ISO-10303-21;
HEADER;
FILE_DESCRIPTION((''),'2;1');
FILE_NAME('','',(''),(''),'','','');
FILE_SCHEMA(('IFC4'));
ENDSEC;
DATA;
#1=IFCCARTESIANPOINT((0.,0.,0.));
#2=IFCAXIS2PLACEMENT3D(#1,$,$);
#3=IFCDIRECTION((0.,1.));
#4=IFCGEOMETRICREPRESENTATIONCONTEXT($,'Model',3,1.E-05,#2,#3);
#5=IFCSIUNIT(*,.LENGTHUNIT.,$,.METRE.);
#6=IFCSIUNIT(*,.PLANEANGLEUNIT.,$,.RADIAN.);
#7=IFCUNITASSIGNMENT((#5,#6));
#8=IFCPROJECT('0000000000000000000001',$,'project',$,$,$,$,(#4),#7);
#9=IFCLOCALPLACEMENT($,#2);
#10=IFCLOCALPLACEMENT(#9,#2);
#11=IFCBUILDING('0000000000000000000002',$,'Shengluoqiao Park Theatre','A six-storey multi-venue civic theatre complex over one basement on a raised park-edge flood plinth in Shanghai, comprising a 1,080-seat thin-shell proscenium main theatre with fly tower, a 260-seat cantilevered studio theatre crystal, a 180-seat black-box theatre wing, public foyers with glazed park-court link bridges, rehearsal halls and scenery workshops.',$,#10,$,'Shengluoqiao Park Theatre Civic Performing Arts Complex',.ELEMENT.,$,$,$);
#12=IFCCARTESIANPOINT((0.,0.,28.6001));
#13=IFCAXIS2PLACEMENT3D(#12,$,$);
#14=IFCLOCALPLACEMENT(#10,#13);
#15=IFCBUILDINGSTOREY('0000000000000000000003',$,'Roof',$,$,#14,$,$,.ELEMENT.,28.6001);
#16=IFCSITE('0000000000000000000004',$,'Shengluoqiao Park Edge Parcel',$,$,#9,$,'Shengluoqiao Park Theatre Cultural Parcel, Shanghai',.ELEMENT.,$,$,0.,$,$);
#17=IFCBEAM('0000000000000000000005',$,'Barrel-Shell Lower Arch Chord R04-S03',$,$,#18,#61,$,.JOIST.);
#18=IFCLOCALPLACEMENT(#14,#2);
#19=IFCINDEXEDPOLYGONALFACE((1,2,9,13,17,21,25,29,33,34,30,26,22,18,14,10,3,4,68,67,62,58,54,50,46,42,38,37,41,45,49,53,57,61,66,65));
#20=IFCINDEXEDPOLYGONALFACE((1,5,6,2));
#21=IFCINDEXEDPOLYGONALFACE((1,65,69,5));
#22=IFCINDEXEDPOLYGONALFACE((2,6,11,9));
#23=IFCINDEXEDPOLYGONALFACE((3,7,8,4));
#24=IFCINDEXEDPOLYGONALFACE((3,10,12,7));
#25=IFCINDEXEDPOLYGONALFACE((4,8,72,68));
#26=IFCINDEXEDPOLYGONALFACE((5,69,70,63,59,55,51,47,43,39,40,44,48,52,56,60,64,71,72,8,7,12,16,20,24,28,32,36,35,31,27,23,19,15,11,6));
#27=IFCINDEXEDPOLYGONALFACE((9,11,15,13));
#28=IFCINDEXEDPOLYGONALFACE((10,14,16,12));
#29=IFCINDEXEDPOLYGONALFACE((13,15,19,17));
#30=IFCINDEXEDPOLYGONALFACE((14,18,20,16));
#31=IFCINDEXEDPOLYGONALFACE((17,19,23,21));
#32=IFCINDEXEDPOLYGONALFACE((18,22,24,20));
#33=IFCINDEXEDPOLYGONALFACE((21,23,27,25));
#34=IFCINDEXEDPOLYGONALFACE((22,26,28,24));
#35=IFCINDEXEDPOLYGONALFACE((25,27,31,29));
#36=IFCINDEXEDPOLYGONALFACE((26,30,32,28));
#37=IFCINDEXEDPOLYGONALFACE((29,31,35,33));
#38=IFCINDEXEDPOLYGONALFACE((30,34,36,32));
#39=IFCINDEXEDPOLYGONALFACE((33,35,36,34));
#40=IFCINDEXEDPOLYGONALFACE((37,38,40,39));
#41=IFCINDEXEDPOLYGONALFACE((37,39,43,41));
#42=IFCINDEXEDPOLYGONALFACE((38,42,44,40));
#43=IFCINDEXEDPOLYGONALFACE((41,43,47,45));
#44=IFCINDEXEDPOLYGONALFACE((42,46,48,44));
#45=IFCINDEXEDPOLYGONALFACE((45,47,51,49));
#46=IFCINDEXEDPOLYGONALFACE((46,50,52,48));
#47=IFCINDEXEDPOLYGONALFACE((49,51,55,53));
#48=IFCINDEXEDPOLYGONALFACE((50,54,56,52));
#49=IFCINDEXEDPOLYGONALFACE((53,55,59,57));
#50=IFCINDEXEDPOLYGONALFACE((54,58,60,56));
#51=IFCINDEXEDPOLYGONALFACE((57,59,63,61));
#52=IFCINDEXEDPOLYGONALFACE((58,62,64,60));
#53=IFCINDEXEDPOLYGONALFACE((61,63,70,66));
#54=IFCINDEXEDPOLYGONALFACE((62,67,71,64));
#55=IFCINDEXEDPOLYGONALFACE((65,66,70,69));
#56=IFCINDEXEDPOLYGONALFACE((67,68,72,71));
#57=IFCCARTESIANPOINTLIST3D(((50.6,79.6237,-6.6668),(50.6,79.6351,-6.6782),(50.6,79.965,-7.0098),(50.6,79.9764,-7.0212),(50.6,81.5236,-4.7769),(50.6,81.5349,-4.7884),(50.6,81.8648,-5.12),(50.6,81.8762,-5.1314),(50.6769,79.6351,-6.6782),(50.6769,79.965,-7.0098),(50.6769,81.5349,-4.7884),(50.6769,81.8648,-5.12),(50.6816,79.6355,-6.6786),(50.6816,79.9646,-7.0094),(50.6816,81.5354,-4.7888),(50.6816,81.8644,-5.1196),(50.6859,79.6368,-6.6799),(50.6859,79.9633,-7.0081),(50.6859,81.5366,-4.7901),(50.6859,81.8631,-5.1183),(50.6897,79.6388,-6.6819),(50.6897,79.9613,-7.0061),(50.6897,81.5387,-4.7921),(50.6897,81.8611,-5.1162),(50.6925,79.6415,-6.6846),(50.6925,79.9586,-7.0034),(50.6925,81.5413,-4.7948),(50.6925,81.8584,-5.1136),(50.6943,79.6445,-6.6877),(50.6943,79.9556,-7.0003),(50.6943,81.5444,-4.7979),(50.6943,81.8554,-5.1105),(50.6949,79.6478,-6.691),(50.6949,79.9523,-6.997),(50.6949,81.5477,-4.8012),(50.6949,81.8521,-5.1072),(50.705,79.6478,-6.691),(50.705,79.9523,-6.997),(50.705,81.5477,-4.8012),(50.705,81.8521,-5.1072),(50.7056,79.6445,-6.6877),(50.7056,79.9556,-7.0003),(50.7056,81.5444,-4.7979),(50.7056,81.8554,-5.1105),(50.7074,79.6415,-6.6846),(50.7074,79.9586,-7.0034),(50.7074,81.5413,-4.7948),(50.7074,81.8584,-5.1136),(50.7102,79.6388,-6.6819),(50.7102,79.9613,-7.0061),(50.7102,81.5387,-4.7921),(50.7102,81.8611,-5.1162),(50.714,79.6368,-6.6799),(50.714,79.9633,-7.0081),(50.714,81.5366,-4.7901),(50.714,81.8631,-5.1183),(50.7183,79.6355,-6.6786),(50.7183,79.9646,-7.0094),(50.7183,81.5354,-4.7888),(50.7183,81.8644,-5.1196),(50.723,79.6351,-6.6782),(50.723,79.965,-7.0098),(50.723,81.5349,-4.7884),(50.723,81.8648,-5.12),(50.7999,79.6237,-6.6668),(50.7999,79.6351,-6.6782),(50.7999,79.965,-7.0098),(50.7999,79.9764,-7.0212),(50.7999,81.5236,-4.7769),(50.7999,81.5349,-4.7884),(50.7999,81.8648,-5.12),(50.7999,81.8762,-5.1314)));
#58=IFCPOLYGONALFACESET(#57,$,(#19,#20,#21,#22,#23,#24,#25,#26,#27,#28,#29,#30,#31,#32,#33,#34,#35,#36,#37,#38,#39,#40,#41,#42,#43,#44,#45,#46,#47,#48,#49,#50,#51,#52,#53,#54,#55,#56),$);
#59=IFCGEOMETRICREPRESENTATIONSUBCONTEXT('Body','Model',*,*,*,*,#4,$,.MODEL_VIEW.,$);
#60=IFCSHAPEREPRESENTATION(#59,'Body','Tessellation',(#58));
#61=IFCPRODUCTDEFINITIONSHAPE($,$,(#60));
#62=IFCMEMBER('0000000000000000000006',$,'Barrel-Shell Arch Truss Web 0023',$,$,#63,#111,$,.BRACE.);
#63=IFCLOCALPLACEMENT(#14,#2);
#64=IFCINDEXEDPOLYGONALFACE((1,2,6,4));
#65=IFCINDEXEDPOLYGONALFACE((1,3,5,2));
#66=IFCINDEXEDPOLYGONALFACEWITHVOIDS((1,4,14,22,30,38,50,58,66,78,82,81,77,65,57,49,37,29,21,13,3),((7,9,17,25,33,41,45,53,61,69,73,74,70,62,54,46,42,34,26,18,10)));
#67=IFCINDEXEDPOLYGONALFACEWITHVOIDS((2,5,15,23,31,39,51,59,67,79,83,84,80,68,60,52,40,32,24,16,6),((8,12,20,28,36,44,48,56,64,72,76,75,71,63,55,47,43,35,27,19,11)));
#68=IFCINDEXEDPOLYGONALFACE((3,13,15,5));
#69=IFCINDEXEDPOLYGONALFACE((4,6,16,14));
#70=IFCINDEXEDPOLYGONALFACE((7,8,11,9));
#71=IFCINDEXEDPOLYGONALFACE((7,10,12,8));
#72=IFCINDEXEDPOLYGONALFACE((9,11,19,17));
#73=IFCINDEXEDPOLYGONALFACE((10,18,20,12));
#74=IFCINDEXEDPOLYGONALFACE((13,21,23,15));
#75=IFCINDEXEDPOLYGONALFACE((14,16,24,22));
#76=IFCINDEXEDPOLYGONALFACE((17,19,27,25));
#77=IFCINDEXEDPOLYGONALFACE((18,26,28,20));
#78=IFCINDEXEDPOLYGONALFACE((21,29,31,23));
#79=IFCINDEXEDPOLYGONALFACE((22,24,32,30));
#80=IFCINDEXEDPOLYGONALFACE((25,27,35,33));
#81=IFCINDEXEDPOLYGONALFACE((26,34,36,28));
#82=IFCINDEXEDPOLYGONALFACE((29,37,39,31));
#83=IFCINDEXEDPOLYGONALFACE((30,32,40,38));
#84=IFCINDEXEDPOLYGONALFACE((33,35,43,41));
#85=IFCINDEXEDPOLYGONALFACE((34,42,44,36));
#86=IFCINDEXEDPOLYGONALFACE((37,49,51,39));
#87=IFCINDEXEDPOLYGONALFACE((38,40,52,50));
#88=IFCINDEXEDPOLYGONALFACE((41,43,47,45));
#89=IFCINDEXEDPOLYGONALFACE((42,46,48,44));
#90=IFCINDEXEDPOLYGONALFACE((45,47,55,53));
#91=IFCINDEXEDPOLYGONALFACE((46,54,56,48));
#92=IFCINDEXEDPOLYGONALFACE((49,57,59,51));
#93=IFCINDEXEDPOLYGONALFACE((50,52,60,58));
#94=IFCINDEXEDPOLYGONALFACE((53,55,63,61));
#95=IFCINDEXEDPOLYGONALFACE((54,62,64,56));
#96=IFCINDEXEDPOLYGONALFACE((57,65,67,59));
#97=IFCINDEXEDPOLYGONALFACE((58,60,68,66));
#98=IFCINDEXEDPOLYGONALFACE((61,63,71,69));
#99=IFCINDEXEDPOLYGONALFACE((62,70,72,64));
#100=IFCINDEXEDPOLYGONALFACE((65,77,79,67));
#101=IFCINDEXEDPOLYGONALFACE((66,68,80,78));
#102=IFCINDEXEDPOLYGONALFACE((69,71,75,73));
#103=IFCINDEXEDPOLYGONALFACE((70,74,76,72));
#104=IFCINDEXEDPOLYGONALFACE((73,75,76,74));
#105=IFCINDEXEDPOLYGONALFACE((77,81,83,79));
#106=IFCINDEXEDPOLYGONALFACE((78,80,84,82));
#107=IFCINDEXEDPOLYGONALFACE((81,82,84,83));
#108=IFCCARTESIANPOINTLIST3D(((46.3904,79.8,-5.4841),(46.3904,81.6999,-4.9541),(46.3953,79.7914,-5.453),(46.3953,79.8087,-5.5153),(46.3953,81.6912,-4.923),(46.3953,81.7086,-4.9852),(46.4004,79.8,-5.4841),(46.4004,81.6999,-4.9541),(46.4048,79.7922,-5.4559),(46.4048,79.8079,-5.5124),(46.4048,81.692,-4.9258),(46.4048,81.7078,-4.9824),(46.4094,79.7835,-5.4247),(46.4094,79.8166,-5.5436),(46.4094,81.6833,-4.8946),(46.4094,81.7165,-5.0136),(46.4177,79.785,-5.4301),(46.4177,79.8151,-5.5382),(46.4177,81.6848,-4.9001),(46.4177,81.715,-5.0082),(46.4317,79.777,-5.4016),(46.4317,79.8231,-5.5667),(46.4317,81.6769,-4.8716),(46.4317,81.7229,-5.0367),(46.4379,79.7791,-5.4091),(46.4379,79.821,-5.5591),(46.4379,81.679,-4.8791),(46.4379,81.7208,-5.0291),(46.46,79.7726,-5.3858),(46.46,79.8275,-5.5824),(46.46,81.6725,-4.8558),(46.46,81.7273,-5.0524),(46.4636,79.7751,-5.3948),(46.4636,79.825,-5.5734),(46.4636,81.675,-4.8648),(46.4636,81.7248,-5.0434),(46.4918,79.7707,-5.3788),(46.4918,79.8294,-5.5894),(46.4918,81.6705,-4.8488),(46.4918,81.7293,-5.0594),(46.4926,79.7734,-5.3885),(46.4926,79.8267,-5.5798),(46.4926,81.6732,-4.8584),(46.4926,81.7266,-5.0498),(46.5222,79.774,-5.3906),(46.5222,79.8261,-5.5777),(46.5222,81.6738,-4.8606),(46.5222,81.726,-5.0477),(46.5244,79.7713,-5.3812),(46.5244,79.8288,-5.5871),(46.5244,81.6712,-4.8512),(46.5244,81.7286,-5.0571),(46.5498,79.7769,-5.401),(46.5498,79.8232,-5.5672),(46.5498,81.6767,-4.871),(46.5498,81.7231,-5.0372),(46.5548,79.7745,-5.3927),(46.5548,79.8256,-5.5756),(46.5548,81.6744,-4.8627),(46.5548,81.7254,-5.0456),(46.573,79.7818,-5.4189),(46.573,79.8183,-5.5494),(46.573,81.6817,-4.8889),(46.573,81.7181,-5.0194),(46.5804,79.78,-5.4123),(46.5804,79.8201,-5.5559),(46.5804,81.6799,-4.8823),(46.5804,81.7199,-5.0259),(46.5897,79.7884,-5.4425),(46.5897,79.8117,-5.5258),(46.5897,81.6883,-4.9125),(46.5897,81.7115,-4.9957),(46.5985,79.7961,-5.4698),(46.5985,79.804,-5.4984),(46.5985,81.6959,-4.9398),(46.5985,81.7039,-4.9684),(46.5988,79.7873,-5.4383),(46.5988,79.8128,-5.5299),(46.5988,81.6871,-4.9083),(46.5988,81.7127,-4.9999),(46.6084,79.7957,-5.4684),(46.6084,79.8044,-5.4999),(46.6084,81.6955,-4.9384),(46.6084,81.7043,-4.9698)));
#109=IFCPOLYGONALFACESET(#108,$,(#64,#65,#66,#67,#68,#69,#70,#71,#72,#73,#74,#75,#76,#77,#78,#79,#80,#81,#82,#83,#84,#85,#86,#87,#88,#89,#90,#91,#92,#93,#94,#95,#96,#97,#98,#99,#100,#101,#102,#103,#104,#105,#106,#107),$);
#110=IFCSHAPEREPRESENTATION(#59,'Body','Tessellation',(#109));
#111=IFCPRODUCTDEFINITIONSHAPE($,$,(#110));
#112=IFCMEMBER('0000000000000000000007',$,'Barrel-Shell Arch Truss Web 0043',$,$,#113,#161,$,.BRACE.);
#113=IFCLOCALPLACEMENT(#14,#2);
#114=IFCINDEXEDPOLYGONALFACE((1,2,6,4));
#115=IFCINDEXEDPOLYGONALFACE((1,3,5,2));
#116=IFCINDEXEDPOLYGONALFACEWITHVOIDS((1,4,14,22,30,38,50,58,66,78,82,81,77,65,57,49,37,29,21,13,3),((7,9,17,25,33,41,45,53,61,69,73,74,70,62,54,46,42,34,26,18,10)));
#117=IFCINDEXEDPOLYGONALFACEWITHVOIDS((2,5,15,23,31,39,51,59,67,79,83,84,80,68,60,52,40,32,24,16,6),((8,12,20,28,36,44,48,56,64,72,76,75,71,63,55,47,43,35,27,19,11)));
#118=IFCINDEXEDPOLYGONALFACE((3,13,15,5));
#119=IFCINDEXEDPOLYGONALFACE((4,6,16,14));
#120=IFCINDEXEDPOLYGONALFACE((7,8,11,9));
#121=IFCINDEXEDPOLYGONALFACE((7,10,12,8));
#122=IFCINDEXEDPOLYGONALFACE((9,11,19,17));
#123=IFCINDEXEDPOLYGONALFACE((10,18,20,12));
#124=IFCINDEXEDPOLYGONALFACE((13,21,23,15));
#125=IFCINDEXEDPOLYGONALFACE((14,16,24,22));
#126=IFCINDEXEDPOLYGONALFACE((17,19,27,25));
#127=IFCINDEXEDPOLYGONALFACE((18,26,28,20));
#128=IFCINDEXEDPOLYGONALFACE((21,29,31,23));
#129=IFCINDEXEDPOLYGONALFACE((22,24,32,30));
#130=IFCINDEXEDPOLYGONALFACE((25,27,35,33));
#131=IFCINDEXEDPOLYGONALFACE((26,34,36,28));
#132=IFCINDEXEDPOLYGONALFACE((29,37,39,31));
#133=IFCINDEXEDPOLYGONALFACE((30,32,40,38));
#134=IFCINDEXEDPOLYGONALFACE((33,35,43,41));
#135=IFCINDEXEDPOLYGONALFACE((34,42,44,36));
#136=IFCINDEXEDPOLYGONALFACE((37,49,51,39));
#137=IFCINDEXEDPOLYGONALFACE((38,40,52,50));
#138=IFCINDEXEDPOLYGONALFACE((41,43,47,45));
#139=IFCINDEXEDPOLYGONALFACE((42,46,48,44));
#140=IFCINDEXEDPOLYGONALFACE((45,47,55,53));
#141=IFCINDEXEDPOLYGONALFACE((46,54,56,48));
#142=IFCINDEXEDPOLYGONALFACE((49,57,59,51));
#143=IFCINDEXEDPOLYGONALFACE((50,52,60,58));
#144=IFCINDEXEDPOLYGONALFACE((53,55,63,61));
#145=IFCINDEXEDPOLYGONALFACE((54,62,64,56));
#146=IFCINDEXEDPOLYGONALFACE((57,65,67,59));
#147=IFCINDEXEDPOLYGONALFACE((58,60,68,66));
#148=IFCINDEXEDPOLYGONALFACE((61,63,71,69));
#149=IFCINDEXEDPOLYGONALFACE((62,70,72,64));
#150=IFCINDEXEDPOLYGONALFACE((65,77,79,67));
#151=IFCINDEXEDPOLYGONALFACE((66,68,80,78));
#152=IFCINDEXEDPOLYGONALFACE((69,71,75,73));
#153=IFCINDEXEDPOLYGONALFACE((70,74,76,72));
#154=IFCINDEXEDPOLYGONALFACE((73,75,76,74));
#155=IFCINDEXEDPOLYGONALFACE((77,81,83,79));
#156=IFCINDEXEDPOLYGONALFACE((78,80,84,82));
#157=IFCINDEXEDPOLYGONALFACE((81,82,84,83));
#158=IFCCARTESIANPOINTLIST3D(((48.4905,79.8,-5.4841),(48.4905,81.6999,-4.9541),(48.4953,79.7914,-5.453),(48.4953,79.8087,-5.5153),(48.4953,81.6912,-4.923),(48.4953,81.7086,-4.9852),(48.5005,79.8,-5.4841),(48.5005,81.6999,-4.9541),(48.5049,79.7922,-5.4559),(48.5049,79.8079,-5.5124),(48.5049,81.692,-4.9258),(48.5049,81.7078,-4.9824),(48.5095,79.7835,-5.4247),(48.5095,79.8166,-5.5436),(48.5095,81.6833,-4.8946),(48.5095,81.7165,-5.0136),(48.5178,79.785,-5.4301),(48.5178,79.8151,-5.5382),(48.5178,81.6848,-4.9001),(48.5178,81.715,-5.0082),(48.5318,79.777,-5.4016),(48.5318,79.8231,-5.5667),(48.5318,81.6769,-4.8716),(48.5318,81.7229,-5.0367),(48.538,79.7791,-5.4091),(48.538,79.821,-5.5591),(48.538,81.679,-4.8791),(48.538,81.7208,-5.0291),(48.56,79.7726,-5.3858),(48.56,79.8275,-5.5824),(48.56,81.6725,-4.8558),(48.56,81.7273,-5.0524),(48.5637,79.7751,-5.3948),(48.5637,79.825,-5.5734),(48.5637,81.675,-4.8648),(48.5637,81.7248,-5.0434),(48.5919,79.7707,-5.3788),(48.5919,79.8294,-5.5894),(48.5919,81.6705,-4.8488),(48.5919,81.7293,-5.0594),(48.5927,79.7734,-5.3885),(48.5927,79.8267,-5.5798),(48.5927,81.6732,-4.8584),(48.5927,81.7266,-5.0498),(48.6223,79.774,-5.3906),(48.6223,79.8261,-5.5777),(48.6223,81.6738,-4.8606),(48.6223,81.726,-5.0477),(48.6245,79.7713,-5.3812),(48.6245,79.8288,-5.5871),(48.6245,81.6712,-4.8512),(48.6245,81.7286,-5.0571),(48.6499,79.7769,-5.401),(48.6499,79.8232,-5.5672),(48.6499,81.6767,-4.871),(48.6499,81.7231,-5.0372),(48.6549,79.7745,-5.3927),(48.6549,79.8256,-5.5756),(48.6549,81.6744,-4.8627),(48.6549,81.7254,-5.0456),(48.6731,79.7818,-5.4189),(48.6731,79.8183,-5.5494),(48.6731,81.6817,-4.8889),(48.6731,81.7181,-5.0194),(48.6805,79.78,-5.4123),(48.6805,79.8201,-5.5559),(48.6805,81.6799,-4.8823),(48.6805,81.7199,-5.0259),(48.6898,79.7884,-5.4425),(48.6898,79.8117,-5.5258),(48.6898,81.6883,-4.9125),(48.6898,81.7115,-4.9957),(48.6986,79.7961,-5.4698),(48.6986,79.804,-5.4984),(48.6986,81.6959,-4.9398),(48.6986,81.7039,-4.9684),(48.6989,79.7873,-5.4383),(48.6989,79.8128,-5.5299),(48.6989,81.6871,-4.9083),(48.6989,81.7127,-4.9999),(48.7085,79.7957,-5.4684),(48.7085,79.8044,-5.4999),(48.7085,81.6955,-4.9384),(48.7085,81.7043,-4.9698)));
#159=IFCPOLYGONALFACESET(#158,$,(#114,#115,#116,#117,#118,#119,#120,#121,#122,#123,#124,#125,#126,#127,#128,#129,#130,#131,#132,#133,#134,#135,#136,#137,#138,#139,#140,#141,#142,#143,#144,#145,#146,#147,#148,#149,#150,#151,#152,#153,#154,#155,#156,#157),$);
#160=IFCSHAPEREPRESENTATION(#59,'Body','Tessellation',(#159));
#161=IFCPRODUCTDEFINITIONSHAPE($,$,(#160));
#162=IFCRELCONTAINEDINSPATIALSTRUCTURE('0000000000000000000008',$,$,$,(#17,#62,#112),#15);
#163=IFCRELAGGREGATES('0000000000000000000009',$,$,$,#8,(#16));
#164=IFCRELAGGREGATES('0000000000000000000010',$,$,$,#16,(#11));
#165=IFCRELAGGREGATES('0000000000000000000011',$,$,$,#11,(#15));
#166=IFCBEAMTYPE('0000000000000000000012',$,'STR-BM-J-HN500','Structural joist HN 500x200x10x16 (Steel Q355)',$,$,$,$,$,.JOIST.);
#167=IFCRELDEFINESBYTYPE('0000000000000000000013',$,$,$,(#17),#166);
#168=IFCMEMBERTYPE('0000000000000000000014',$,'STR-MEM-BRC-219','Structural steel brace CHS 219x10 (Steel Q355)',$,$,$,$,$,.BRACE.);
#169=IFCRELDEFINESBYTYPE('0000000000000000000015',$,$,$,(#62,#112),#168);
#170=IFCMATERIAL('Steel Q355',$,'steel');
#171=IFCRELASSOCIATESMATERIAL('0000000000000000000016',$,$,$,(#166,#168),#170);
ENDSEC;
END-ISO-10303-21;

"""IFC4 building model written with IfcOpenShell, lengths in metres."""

from ifc_helpers import new_model, si_unit, direction, frame, origin, origin_2d, place, context, subcontext, project, spatial, hollow_circle, i_section, extrude, material, material_profile, profile_set, type_object, element, save


model = new_model("IFC4")

# Units and contexts
model_context = context("Model", 3, precision=1e-05, world=origin(), true_north=direction((0.0, 1.0)))
body_context = subcontext(model_context, "Body", "Model", "MODEL_VIEW")
ifc_project = project(units=[si_unit("LENGTHUNIT", "METRE"), si_unit("PLANEANGLEUNIT", "RADIAN")], contexts=[model_context])

# Site, building, storey
site_placement = place(None, origin())
site = spatial("IfcSite", under=ifc_project, at=site_placement, Name="Shengluoqiao Park Edge Parcel", LongName="Shengluoqiao Park Theatre Cultural Parcel, Shanghai", CompositionType="ELEMENT", RefElevation=0.0)
building_placement = place(site_placement, origin())
building = spatial("IfcBuilding", under=site, at=building_placement, Name="Shengluoqiao Park Theatre", Description="A six-storey multi-venue civic theatre complex over one basement on a raised park-edge flood plinth in Shanghai, comprising a 1,080-seat thin-shell proscenium main theatre with fly tower, a 260-seat cantilevered studio theatre crystal, a 180-seat black-box theatre wing, public foyers with glazed park-court link bridges, rehearsal halls and scenery workshops.", LongName="Shengluoqiao Park Theatre Civic Performing Arts Complex", CompositionType="ELEMENT")
storey_placement = place(building_placement, frame((0.0, 0.0, 28.6001)))
storey = spatial("IfcBuildingStorey", under=building, at=storey_placement, Name="Roof", CompositionType="ELEMENT", Elevation=28.6001)

# Beam
ifc_material_1 = material(Name="Steel Q355", Category="steel")
ifc_material_profile_1 = material_profile(ifc_material_1, i_section(OverallWidth=0.2, OverallDepth=0.5, WebThickness=0.01, FlangeThickness=0.0161, FilletRadius=0.0181, at=origin_2d()), Name="HN 500x200x10x16")
ifc_profile_set_1 = profile_set([ifc_material_profile_1], Name="Steel Q355")
beam_type_1 = type_object("IfcBeamType", Name="STR-BM-J-HN500", Description="Structural joist HN 500x200x10x16 (Steel Q355)", PredefinedType="JOIST", material=ifc_profile_set_1)
for number, where, z_axis, x_axis, name in (
    (1, (50.7, 79.8, -6.844), (0.0, 0.708972, 0.705237), (-1.0, 0.0, 0.0), "Barrel-Shell Lower Arch Chord R04-S03"),
):
    element("IfcBeam", number, at=place(storey_placement, frame(where, z_axis=z_axis, x_axis=x_axis)), inside=storey, type_object=beam_type_1, Name=name, PredefinedType="JOIST", context=body_context, shape_type="SweptSolid", body=[
        extrude(i_section(OverallWidth=0.2, OverallDepth=0.5, WebThickness=0.01, FlangeThickness=0.0161, FilletRadius=0.0181, at=origin_2d()), origin(), (0.0, 0.0, 1.0), 2.6797),
    ])

# Members
ifc_material_profile_2 = material_profile(ifc_material_1, hollow_circle(Radius=0.1096, WallThickness=0.01, at=origin_2d()), Name="CHS 219x10")
ifc_profile_set_2 = profile_set([ifc_material_profile_2], Name="Steel Q355")
member_type_1 = type_object("IfcMemberType", Name="STR-MEM-BRC-219", Description="Structural steel brace CHS 219x10 (Steel Q355)", PredefinedType="BRACE", material=ifc_profile_set_2)
for number, where, z_axis, x_axis, name in (
    (2, (46.5, 79.8, -5.4841), (0.0, 0.963219, 0.268716), (-1.0, 0.0, 0.0), "Barrel-Shell Arch Truss Web 0023"),
    (3, (48.6001, 79.8, -5.4841), (0.0, 0.963219, 0.268716), (-1.0, 0.0, 0.0), "Barrel-Shell Arch Truss Web 0043"),
):
    element("IfcMember", number, at=place(storey_placement, frame(where, z_axis=z_axis, x_axis=x_axis)), inside=storey, type_object=member_type_1, Name=name, PredefinedType="BRACE", context=body_context, shape_type="SweptSolid", body=[
        extrude(hollow_circle(Radius=0.1096, WallThickness=0.01, at=origin_2d()), origin(), (0.0, 0.0, 1.0), 1.9724),
    ])

save(model, "model.ifc")
